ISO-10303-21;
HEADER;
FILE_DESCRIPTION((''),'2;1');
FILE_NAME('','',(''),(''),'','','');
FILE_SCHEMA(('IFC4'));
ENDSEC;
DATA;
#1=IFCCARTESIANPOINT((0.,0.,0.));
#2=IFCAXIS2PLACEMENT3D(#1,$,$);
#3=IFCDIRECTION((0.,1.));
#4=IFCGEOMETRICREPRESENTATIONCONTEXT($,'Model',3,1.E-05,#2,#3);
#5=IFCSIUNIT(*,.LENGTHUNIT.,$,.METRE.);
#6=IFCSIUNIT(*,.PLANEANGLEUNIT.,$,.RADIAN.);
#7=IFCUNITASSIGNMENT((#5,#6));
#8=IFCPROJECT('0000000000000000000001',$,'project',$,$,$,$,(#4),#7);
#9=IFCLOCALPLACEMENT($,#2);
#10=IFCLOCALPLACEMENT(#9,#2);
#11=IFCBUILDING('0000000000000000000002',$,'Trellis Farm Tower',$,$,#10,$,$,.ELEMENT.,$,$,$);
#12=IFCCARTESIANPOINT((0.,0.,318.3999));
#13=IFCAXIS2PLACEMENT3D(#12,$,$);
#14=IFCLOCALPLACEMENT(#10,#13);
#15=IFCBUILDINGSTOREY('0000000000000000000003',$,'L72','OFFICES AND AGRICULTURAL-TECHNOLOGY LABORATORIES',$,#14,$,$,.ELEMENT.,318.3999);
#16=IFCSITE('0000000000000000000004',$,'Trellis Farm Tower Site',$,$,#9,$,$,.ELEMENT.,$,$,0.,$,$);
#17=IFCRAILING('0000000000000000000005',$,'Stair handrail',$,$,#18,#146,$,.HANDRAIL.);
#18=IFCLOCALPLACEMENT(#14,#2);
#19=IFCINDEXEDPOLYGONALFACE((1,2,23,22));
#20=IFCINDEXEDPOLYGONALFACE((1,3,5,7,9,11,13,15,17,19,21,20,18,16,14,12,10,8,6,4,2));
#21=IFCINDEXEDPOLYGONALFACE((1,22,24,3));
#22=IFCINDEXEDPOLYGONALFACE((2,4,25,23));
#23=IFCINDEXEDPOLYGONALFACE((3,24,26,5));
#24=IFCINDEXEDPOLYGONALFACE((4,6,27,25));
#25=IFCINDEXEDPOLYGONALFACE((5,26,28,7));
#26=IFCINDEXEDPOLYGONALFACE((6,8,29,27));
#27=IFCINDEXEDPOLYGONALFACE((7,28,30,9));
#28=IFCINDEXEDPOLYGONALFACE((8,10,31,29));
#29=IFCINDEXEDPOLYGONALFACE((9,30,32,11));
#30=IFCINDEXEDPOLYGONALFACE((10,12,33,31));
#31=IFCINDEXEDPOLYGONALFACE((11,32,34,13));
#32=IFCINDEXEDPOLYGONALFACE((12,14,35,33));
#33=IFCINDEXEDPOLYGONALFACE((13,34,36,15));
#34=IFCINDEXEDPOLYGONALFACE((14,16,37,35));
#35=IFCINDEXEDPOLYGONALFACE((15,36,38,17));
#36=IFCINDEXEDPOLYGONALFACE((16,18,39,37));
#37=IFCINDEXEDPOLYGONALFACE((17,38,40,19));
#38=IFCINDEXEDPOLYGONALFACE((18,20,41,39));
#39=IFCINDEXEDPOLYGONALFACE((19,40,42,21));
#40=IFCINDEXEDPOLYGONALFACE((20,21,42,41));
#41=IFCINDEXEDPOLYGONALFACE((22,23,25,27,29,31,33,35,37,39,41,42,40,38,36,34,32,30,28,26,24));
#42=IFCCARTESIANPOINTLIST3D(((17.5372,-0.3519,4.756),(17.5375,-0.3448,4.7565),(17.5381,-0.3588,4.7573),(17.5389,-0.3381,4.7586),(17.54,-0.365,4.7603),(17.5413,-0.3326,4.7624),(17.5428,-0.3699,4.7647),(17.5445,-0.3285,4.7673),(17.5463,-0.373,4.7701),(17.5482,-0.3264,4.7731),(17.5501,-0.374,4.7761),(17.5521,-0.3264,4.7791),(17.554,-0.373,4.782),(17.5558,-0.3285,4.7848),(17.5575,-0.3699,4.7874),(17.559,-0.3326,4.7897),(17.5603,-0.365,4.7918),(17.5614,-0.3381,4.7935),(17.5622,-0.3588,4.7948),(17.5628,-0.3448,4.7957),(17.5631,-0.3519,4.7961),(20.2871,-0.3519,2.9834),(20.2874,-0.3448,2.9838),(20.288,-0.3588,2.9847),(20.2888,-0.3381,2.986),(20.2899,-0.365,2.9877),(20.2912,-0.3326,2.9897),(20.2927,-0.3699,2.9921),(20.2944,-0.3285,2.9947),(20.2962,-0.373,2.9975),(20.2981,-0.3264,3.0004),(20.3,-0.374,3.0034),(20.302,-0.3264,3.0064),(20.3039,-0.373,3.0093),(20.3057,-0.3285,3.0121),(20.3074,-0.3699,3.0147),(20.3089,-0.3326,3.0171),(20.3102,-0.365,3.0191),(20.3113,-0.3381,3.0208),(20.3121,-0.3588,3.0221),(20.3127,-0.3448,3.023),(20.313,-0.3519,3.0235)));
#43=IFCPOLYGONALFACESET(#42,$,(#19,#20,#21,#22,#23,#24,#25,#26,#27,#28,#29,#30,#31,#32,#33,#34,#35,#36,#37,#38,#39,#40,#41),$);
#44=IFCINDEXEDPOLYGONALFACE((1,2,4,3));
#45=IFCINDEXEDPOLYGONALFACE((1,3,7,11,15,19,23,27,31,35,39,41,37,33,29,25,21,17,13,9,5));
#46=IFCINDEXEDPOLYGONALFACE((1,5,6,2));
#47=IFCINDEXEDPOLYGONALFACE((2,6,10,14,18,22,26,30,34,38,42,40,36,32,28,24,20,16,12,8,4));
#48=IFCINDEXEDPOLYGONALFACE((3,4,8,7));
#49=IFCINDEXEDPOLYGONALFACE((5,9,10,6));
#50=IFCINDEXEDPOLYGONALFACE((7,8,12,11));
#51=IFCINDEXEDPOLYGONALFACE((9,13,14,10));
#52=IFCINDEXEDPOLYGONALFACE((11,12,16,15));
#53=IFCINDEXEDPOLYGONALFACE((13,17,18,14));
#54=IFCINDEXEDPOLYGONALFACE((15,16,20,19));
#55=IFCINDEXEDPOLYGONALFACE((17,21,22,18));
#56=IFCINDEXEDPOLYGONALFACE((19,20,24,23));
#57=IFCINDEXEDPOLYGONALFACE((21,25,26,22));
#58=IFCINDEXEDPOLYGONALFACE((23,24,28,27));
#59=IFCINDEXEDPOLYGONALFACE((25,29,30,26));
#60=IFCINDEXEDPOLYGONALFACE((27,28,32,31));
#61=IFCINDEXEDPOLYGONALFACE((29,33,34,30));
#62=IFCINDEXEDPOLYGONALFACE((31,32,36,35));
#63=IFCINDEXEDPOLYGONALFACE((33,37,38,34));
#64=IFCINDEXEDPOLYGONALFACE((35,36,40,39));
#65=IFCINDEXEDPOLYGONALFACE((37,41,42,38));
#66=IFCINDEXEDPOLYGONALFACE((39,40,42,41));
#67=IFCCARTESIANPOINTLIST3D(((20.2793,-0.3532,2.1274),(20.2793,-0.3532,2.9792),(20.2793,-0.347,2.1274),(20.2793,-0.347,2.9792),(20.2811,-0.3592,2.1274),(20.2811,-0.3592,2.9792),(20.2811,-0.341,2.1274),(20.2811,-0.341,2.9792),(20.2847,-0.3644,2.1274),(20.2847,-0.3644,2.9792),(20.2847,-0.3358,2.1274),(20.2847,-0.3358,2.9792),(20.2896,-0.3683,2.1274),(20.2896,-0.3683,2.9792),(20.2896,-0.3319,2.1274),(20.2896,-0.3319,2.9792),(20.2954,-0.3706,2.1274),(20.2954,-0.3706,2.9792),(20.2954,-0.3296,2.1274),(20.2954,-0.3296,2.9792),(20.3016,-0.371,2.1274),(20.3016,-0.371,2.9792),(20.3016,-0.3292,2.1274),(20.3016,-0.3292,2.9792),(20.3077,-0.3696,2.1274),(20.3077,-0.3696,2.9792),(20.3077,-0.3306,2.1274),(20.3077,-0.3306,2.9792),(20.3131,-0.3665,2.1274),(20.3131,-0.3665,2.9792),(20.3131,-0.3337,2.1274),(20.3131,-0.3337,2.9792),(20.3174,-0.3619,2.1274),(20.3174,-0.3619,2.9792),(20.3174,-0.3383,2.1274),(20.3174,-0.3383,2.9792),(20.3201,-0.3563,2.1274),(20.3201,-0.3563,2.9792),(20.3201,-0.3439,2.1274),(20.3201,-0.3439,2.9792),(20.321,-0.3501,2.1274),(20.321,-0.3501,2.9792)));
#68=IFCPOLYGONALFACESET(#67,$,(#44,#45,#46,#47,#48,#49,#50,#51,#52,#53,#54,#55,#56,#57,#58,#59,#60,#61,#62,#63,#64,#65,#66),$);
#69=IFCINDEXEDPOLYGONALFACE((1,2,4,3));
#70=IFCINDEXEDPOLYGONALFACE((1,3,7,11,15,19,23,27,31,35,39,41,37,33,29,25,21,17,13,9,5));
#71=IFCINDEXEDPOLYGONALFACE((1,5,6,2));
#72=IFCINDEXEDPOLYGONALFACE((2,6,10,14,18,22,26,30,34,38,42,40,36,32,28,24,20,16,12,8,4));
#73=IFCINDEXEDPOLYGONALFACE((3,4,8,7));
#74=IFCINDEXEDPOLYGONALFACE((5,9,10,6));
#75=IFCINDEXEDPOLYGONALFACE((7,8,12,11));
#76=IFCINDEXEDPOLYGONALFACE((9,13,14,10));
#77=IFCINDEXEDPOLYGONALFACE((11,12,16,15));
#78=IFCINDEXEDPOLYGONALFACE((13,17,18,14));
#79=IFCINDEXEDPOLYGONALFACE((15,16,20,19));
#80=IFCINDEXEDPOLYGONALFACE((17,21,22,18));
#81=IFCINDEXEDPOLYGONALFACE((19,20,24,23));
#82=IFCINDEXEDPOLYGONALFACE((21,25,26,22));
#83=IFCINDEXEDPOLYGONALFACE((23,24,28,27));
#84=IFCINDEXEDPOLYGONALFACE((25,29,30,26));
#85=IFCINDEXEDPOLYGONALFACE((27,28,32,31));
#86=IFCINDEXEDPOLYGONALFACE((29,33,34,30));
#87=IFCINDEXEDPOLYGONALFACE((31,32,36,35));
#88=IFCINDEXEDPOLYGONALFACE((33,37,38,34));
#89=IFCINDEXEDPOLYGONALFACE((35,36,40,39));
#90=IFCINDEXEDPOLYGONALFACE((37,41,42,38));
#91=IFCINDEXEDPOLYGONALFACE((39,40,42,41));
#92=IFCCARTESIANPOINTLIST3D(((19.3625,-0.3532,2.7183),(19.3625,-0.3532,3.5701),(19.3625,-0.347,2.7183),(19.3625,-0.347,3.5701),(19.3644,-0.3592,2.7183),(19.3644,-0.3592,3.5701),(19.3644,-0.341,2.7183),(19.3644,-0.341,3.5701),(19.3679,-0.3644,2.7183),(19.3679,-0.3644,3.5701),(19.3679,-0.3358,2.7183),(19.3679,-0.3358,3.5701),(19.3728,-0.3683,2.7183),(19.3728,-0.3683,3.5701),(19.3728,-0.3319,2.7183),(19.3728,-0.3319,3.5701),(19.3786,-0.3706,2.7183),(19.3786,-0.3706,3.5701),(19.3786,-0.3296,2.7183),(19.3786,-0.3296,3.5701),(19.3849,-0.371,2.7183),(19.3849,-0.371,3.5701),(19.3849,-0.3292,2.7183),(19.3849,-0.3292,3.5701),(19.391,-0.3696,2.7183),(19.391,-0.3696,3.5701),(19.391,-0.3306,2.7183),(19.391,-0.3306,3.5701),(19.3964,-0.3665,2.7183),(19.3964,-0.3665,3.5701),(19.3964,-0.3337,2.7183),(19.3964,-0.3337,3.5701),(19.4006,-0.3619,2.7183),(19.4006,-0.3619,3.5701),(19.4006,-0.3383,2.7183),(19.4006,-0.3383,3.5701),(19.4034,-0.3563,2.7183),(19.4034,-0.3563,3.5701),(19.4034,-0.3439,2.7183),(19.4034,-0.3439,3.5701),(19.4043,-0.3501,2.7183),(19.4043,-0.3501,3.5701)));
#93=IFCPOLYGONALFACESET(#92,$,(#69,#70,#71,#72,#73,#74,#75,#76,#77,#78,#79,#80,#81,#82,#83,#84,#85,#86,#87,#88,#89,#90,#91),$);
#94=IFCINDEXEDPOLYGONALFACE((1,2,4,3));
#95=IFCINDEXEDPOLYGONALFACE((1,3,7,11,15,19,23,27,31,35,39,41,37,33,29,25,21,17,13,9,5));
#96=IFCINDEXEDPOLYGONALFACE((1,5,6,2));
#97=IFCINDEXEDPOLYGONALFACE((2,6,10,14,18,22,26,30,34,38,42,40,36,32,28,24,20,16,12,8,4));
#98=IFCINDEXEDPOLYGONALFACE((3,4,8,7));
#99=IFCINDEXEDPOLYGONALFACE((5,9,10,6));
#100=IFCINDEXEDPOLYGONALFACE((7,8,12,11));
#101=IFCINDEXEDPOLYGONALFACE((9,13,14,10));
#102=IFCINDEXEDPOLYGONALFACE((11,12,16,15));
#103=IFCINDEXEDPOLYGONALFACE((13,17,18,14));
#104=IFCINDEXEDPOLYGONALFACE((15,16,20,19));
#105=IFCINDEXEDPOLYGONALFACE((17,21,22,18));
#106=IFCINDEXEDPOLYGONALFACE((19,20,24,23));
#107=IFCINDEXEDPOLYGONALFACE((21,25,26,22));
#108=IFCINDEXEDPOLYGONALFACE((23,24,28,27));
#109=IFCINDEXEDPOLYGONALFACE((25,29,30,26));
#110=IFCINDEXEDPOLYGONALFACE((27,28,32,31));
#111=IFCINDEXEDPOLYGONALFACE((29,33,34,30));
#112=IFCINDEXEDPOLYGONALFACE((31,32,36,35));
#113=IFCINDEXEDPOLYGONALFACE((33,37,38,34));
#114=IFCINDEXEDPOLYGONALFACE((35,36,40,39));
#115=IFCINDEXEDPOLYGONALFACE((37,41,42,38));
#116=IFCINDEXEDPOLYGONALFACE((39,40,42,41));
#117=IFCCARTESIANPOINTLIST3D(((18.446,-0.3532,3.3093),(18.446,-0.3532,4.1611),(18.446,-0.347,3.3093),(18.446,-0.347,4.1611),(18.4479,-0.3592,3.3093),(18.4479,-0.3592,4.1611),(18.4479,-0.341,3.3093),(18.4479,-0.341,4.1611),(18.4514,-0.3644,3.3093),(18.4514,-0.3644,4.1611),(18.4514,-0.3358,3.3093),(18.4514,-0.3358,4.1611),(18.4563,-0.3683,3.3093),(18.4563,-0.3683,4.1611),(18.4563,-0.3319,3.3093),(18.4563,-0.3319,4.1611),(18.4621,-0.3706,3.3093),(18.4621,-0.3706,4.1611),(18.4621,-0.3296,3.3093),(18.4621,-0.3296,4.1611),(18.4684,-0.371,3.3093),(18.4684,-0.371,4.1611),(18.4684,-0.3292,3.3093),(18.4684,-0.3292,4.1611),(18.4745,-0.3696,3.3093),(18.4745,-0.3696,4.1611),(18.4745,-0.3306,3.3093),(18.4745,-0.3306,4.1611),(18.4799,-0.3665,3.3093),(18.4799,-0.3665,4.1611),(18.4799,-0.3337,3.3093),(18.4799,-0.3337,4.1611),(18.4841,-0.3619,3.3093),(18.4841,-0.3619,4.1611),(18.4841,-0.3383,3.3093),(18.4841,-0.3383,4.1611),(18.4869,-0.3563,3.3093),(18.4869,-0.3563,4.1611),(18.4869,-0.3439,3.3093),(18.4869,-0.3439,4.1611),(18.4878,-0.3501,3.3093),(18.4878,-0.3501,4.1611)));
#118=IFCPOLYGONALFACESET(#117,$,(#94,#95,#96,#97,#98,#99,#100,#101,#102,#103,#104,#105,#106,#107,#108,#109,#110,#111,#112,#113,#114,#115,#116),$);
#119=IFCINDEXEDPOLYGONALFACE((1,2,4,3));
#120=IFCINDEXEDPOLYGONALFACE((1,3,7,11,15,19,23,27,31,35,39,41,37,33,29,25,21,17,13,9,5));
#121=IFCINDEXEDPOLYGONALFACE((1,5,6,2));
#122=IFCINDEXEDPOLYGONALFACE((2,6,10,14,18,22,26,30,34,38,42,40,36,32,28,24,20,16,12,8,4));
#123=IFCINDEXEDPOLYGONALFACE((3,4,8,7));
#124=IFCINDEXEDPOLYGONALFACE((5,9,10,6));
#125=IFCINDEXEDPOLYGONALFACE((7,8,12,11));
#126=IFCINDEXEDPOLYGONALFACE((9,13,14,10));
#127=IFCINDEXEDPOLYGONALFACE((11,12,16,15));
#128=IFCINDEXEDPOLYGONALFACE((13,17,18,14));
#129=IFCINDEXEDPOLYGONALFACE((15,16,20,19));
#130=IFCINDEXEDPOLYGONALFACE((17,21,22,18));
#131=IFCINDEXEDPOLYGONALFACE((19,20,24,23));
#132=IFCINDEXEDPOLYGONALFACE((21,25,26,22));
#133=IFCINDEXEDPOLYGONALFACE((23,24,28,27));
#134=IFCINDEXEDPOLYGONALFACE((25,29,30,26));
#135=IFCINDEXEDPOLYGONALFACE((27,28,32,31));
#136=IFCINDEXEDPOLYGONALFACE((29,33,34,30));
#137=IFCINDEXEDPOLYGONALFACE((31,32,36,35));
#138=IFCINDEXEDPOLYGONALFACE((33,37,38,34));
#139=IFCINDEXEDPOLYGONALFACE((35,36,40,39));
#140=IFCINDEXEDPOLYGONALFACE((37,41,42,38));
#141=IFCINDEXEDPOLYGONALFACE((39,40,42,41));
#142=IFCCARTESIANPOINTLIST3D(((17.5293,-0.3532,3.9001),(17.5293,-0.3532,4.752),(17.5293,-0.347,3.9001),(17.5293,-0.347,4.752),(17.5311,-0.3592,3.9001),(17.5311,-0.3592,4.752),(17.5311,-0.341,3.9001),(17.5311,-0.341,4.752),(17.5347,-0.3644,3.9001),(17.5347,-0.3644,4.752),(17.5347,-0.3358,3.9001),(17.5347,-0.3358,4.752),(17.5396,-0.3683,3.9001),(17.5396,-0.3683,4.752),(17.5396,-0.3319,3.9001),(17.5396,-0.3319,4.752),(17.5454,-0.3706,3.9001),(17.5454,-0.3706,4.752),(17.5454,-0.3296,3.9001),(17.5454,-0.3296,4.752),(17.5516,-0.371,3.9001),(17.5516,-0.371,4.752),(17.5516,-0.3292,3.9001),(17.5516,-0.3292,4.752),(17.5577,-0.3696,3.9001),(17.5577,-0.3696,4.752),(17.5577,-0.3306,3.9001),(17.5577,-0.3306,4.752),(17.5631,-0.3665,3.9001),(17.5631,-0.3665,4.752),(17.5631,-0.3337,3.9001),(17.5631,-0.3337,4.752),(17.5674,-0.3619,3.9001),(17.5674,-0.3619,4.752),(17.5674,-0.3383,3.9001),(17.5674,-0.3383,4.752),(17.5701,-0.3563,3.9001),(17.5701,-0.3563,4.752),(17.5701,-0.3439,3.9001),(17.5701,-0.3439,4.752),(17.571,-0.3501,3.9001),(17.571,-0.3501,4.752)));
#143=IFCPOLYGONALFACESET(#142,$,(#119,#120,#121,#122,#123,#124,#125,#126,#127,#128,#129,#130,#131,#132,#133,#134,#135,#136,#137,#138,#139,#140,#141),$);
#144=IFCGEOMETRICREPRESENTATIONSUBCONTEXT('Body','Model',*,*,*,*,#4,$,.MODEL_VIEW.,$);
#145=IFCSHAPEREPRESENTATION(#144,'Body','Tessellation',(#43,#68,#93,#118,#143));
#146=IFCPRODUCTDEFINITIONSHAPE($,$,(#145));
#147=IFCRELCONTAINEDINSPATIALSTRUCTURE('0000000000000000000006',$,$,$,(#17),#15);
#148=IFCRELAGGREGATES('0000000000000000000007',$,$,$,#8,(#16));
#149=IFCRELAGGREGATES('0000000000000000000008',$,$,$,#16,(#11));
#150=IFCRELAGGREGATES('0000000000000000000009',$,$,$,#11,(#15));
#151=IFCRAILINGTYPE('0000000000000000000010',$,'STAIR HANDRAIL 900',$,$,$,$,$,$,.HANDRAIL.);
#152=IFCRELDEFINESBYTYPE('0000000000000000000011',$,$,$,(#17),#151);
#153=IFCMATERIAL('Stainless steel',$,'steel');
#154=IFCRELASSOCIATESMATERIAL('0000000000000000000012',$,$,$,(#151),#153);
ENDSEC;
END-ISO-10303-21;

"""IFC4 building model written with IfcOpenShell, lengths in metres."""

from ifc_helpers import new_model, si_unit, direction, frame, origin, origin_2d, place, context, subcontext, project, spatial, circle, extrude, source, transform, mapped, material, type_object, element, save


model = new_model("IFC4")

# Units and contexts
model_context = context("Model", 3, precision=1e-05, world=origin(), true_north=direction((0.0, 1.0)))
body_context = subcontext(model_context, "Body", "Model", "MODEL_VIEW")
ifc_project = project(units=[si_unit("LENGTHUNIT", "METRE"), si_unit("PLANEANGLEUNIT", "RADIAN")], contexts=[model_context])

# Site, building, storey
site_placement = place(None, origin())
site = spatial("IfcSite", under=ifc_project, at=site_placement, Name="Trellis Farm Tower Site", CompositionType="ELEMENT", RefElevation=0.0)
building_placement = place(site_placement, origin())
building = spatial("IfcBuilding", under=site, at=building_placement, Name="Trellis Farm Tower", CompositionType="ELEMENT")
storey_placement = place(building_placement, frame((0.0, 0.0, 318.3999)))
storey = spatial("IfcBuildingStorey", under=building, at=storey_placement, Name="L72", Description="OFFICES AND AGRICULTURAL-TECHNOLOGY LABORATORIES", CompositionType="ELEMENT", Elevation=318.3999)

# Railing
ifc_material_1 = material(Name="Stainless steel", Category="steel")
railing_type = type_object("IfcRailingType", Name="STAIR HANDRAIL 900", PredefinedType="HANDRAIL", material=ifc_material_1)
shared_shape_1 = source(origin(), body_context, "Body", "SweptSolid", [
    extrude(circle(Radius=0.0239, at=origin_2d()), frame((0.0, 0.0, 0.876), z_axis=(-0.840504, 0.0, 0.541806), x_axis=(0.0, -1.0, 0.0)), (0.0, 0.0, 1.0), 3.2717),
    extrude(circle(Radius=0.021, at=origin_2d()), origin(), (0.0, 0.0, 1.0), 0.8518),
    extrude(circle(Radius=0.021, at=origin_2d()), frame((-0.9167, 0.0, 0.5908)), (0.0, 0.0, 1.0), 0.8518),
    extrude(circle(Radius=0.021, at=origin_2d()), frame((-1.8333, 0.0, 1.1819)), (0.0, 0.0, 1.0), 0.8518),
    extrude(circle(Radius=0.021, at=origin_2d()), frame((-2.75, 0.0, 1.7727)), (0.0, 0.0, 1.0), 0.8518),
])
for number, where, name in (
    (1, (20.3, -0.3501, 2.1274), "Stair handrail"),
):
    element("IfcRailing", number, at=place(storey_placement, frame(where)), inside=storey, type_object=railing_type, Name=name, PredefinedType="HANDRAIL", context=body_context, shape_type="MappedRepresentation", body=[
        mapped(shared_shape_1, transform((0.0, 0.0, 0.0))),
    ])

save(model, "model.ifc")
